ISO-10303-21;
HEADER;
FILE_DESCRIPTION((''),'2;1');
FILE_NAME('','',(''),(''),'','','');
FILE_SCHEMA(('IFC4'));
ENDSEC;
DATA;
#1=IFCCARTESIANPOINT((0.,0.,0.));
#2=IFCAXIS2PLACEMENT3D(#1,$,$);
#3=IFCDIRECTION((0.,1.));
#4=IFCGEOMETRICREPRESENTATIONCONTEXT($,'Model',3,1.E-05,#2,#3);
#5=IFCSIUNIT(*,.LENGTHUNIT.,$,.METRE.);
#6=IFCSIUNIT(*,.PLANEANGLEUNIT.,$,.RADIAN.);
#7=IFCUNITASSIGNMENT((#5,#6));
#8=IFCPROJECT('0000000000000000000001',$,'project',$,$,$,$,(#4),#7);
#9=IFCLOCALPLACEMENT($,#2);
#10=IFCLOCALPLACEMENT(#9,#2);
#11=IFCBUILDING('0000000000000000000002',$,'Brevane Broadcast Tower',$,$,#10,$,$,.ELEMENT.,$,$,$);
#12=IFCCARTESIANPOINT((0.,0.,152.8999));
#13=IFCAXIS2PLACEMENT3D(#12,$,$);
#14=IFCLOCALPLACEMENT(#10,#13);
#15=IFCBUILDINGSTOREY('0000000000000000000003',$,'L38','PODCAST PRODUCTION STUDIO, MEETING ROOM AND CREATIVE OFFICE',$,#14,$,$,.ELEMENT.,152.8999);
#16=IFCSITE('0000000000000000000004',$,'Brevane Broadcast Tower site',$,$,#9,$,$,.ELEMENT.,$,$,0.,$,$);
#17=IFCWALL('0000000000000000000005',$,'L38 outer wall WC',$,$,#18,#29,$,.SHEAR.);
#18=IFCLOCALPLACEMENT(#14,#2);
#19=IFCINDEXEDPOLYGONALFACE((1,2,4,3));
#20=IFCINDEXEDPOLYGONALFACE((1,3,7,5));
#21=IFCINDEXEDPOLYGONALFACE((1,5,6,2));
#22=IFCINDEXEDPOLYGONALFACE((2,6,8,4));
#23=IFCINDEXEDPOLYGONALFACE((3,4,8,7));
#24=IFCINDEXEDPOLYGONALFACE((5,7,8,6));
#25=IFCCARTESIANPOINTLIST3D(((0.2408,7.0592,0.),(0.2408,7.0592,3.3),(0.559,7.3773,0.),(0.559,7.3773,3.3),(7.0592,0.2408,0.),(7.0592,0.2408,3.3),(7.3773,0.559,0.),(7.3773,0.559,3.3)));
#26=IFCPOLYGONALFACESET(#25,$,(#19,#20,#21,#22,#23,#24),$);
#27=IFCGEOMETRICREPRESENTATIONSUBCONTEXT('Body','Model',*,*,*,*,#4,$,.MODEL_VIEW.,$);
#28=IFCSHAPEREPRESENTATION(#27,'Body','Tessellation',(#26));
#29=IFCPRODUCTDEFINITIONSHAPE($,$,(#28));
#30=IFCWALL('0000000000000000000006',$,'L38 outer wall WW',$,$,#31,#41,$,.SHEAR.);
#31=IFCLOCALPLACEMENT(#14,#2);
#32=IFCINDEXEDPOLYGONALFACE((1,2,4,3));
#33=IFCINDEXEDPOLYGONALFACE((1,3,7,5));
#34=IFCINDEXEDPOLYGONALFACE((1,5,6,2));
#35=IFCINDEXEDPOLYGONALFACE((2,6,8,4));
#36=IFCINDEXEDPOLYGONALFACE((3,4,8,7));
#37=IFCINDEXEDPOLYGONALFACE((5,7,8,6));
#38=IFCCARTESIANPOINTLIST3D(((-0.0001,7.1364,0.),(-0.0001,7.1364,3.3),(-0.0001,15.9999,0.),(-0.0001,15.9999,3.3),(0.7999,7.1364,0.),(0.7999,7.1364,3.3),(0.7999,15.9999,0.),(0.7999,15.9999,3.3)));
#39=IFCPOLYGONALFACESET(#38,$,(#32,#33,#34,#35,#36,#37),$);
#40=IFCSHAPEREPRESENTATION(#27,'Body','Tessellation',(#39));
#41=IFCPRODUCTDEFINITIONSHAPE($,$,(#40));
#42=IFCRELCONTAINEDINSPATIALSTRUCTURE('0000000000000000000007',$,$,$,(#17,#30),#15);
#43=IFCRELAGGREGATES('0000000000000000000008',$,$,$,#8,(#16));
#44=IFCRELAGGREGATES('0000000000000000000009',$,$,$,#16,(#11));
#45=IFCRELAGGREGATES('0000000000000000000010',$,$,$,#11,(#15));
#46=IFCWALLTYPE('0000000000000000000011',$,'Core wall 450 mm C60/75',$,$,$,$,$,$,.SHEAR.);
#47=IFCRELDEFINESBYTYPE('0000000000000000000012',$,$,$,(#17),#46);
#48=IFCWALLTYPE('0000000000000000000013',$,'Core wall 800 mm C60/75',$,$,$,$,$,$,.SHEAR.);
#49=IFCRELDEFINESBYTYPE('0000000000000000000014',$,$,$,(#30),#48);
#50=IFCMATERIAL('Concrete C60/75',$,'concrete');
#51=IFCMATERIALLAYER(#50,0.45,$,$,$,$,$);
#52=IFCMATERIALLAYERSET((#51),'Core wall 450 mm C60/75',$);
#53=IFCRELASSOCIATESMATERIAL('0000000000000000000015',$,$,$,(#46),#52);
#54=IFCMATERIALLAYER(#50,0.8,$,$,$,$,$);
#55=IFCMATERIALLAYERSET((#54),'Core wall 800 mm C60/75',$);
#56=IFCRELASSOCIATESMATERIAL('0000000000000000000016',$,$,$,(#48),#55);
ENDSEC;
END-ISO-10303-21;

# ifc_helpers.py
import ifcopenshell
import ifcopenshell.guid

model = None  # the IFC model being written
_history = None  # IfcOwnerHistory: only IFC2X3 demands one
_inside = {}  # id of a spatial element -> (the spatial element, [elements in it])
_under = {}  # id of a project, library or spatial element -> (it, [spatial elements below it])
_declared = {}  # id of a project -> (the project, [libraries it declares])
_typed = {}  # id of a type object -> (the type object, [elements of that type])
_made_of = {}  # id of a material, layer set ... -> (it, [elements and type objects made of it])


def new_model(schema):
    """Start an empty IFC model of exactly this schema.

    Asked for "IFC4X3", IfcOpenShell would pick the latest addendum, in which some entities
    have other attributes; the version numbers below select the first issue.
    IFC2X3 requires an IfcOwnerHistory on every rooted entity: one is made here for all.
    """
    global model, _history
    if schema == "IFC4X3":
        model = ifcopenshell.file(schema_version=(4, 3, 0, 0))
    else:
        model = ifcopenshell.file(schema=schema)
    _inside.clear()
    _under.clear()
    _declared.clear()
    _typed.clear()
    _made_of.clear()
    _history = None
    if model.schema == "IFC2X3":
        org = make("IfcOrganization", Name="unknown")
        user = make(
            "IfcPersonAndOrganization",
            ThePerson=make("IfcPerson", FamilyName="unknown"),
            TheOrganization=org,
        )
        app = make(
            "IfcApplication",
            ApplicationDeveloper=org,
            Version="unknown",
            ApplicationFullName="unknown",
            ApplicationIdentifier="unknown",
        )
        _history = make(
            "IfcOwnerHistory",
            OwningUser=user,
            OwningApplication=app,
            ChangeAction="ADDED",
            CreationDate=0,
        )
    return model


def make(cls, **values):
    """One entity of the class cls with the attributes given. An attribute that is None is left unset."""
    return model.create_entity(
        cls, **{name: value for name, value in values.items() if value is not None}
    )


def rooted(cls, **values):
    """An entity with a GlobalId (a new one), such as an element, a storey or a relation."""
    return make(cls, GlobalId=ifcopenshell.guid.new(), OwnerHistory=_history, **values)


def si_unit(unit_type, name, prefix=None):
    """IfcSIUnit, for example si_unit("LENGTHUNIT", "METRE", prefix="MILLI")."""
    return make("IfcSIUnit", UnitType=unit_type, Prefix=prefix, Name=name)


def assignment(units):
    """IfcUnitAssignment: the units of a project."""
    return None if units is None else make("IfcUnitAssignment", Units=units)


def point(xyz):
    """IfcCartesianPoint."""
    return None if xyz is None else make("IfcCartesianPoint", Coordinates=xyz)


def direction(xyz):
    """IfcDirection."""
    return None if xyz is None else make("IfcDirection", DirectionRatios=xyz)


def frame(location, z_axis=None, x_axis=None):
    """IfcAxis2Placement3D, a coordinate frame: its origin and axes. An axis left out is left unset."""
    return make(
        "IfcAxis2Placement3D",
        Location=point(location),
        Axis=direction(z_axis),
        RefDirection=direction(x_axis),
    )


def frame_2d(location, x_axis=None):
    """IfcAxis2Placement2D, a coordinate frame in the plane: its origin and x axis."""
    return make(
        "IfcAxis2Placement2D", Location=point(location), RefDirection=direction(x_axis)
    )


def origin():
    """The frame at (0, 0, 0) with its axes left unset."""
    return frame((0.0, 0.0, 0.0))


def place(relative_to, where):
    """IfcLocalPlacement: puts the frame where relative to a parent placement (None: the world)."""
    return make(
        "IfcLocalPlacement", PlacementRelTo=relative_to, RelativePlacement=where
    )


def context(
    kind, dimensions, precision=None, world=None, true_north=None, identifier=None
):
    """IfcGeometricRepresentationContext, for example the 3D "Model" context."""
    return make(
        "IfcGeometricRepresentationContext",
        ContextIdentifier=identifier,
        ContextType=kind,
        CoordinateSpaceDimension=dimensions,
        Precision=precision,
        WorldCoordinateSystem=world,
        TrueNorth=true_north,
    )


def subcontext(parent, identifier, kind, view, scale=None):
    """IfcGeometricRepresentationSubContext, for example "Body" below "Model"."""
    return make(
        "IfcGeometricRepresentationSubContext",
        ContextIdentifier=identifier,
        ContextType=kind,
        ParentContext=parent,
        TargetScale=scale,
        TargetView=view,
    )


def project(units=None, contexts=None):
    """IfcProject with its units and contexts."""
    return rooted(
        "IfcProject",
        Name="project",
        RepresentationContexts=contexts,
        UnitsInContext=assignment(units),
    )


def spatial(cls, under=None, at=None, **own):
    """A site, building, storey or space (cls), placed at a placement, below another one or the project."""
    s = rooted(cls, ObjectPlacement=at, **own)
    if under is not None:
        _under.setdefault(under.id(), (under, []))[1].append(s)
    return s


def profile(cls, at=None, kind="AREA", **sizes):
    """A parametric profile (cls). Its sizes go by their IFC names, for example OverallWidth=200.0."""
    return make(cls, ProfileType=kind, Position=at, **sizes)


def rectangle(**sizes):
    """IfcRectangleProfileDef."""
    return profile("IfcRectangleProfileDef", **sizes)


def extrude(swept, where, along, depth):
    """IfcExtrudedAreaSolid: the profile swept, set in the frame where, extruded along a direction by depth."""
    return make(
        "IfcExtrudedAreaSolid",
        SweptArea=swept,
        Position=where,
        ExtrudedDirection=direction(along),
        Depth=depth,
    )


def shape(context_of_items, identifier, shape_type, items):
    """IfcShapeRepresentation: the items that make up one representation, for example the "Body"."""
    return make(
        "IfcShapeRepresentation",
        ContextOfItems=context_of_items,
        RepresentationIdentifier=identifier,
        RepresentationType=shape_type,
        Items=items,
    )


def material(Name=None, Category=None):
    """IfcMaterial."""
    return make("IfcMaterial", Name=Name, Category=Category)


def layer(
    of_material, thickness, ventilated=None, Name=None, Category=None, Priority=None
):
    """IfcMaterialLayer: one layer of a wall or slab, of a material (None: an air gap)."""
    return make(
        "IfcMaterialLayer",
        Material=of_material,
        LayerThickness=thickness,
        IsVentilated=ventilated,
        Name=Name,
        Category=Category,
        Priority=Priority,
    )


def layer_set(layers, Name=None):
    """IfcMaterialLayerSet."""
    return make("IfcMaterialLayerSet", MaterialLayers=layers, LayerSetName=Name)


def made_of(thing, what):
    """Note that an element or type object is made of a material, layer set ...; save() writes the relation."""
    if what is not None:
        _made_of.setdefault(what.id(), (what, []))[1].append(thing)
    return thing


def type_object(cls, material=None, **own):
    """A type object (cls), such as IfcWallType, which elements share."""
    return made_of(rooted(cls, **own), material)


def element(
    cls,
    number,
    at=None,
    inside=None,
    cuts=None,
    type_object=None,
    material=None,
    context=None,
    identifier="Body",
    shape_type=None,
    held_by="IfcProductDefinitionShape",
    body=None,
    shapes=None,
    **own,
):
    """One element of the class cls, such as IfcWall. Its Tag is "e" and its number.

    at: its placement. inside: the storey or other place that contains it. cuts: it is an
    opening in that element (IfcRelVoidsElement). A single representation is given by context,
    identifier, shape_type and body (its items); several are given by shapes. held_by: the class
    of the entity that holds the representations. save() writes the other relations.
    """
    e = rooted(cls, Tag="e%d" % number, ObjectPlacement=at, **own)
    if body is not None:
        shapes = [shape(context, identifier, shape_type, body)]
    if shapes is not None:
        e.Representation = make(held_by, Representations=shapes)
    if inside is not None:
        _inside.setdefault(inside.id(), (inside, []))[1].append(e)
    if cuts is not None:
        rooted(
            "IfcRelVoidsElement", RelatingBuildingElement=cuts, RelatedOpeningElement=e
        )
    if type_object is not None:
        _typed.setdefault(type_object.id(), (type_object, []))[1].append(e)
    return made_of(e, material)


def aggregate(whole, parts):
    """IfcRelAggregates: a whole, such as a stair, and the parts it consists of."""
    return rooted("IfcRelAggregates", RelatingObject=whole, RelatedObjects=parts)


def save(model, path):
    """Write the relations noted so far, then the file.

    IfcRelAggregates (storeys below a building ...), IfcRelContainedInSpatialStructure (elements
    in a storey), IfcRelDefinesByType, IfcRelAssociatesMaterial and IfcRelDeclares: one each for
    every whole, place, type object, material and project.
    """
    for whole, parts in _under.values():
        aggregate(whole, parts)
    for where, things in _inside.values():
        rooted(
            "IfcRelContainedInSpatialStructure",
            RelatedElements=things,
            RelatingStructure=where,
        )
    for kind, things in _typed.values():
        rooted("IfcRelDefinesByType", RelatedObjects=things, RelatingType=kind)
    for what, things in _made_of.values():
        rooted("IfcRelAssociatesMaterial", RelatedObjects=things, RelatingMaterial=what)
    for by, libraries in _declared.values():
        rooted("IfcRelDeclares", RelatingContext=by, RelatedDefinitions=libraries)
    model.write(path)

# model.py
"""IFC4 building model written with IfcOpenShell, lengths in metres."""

from ifc_helpers import new_model, si_unit, direction, frame, frame_2d, origin, place, context, subcontext, project, spatial, rectangle, extrude, material, layer, layer_set, type_object, element, save


model = new_model("IFC4")

# Units and contexts
model_context = context("Model", 3, precision=1e-05, world=origin(), true_north=direction((0.0, 1.0)))
body_context = subcontext(model_context, "Body", "Model", "MODEL_VIEW")
ifc_project = project(units=[si_unit("LENGTHUNIT", "METRE"), si_unit("PLANEANGLEUNIT", "RADIAN")], contexts=[model_context])

# Site, building, storey
site_placement = place(None, origin())
site = spatial("IfcSite", under=ifc_project, at=site_placement, Name="Brevane Broadcast Tower site", CompositionType="ELEMENT", RefElevation=0.0)
building_placement = place(site_placement, origin())
building = spatial("IfcBuilding", under=site, at=building_placement, Name="Brevane Broadcast Tower", CompositionType="ELEMENT")
storey_placement = place(building_placement, frame((0.0, 0.0, 152.8999)))
storey = spatial("IfcBuildingStorey", under=building, at=storey_placement, Name="L38", Description="PODCAST PRODUCTION STUDIO, MEETING ROOM AND CREATIVE OFFICE", CompositionType="ELEMENT", Elevation=152.8999)

# Walls
ifc_material_1 = material(Name="Concrete C60/75", Category="concrete")
ifc_layer_1 = layer(ifc_material_1, 0.45)
ifc_layer_set_1 = layer_set([ifc_layer_1], Name="Core wall 450 mm C60/75")
wall_type_1 = type_object("IfcWallType", Name="Core wall 450 mm C60/75", PredefinedType="SHEAR", material=ifc_layer_set_1)
wall_1_placement = place(storey_placement, frame((0.3999, 7.2183, 0.0), z_axis=(0.0, 0.0, 1.0), x_axis=(0.707107, -0.707107, 0.0)))
element("IfcWall", 1, at=wall_1_placement, inside=storey, type_object=wall_type_1, Name="L38 outer wall WC", PredefinedType="SHEAR", context=body_context, shape_type="SweptSolid", body=[
    extrude(rectangle(XDim=9.6426, YDim=0.45, at=frame_2d((4.8213, 0.0))), origin(), (0.0, 0.0, 1.0), 3.3),
])
ifc_layer_2 = layer(ifc_material_1, 0.8)
ifc_layer_set_2 = layer_set([ifc_layer_2], Name="Core wall 800 mm C60/75")
wall_type_2 = type_object("IfcWallType", Name="Core wall 800 mm C60/75", PredefinedType="SHEAR", material=ifc_layer_set_2)
wall_2_placement = place(storey_placement, frame((0.3999, 7.1365, 0.0), z_axis=(0.0, 0.0, 1.0), x_axis=(0.0, 1.0, 0.0)))
element("IfcWall", 2, at=wall_2_placement, inside=storey, type_object=wall_type_2, Name="L38 outer wall WW", PredefinedType="SHEAR", context=body_context, shape_type="SweptSolid", body=[
    extrude(rectangle(XDim=8.8635, YDim=0.8, at=frame_2d((4.4316, 0.0))), origin(), (0.0, 0.0, 1.0), 3.3),
])

save(model, "model.ifc")
